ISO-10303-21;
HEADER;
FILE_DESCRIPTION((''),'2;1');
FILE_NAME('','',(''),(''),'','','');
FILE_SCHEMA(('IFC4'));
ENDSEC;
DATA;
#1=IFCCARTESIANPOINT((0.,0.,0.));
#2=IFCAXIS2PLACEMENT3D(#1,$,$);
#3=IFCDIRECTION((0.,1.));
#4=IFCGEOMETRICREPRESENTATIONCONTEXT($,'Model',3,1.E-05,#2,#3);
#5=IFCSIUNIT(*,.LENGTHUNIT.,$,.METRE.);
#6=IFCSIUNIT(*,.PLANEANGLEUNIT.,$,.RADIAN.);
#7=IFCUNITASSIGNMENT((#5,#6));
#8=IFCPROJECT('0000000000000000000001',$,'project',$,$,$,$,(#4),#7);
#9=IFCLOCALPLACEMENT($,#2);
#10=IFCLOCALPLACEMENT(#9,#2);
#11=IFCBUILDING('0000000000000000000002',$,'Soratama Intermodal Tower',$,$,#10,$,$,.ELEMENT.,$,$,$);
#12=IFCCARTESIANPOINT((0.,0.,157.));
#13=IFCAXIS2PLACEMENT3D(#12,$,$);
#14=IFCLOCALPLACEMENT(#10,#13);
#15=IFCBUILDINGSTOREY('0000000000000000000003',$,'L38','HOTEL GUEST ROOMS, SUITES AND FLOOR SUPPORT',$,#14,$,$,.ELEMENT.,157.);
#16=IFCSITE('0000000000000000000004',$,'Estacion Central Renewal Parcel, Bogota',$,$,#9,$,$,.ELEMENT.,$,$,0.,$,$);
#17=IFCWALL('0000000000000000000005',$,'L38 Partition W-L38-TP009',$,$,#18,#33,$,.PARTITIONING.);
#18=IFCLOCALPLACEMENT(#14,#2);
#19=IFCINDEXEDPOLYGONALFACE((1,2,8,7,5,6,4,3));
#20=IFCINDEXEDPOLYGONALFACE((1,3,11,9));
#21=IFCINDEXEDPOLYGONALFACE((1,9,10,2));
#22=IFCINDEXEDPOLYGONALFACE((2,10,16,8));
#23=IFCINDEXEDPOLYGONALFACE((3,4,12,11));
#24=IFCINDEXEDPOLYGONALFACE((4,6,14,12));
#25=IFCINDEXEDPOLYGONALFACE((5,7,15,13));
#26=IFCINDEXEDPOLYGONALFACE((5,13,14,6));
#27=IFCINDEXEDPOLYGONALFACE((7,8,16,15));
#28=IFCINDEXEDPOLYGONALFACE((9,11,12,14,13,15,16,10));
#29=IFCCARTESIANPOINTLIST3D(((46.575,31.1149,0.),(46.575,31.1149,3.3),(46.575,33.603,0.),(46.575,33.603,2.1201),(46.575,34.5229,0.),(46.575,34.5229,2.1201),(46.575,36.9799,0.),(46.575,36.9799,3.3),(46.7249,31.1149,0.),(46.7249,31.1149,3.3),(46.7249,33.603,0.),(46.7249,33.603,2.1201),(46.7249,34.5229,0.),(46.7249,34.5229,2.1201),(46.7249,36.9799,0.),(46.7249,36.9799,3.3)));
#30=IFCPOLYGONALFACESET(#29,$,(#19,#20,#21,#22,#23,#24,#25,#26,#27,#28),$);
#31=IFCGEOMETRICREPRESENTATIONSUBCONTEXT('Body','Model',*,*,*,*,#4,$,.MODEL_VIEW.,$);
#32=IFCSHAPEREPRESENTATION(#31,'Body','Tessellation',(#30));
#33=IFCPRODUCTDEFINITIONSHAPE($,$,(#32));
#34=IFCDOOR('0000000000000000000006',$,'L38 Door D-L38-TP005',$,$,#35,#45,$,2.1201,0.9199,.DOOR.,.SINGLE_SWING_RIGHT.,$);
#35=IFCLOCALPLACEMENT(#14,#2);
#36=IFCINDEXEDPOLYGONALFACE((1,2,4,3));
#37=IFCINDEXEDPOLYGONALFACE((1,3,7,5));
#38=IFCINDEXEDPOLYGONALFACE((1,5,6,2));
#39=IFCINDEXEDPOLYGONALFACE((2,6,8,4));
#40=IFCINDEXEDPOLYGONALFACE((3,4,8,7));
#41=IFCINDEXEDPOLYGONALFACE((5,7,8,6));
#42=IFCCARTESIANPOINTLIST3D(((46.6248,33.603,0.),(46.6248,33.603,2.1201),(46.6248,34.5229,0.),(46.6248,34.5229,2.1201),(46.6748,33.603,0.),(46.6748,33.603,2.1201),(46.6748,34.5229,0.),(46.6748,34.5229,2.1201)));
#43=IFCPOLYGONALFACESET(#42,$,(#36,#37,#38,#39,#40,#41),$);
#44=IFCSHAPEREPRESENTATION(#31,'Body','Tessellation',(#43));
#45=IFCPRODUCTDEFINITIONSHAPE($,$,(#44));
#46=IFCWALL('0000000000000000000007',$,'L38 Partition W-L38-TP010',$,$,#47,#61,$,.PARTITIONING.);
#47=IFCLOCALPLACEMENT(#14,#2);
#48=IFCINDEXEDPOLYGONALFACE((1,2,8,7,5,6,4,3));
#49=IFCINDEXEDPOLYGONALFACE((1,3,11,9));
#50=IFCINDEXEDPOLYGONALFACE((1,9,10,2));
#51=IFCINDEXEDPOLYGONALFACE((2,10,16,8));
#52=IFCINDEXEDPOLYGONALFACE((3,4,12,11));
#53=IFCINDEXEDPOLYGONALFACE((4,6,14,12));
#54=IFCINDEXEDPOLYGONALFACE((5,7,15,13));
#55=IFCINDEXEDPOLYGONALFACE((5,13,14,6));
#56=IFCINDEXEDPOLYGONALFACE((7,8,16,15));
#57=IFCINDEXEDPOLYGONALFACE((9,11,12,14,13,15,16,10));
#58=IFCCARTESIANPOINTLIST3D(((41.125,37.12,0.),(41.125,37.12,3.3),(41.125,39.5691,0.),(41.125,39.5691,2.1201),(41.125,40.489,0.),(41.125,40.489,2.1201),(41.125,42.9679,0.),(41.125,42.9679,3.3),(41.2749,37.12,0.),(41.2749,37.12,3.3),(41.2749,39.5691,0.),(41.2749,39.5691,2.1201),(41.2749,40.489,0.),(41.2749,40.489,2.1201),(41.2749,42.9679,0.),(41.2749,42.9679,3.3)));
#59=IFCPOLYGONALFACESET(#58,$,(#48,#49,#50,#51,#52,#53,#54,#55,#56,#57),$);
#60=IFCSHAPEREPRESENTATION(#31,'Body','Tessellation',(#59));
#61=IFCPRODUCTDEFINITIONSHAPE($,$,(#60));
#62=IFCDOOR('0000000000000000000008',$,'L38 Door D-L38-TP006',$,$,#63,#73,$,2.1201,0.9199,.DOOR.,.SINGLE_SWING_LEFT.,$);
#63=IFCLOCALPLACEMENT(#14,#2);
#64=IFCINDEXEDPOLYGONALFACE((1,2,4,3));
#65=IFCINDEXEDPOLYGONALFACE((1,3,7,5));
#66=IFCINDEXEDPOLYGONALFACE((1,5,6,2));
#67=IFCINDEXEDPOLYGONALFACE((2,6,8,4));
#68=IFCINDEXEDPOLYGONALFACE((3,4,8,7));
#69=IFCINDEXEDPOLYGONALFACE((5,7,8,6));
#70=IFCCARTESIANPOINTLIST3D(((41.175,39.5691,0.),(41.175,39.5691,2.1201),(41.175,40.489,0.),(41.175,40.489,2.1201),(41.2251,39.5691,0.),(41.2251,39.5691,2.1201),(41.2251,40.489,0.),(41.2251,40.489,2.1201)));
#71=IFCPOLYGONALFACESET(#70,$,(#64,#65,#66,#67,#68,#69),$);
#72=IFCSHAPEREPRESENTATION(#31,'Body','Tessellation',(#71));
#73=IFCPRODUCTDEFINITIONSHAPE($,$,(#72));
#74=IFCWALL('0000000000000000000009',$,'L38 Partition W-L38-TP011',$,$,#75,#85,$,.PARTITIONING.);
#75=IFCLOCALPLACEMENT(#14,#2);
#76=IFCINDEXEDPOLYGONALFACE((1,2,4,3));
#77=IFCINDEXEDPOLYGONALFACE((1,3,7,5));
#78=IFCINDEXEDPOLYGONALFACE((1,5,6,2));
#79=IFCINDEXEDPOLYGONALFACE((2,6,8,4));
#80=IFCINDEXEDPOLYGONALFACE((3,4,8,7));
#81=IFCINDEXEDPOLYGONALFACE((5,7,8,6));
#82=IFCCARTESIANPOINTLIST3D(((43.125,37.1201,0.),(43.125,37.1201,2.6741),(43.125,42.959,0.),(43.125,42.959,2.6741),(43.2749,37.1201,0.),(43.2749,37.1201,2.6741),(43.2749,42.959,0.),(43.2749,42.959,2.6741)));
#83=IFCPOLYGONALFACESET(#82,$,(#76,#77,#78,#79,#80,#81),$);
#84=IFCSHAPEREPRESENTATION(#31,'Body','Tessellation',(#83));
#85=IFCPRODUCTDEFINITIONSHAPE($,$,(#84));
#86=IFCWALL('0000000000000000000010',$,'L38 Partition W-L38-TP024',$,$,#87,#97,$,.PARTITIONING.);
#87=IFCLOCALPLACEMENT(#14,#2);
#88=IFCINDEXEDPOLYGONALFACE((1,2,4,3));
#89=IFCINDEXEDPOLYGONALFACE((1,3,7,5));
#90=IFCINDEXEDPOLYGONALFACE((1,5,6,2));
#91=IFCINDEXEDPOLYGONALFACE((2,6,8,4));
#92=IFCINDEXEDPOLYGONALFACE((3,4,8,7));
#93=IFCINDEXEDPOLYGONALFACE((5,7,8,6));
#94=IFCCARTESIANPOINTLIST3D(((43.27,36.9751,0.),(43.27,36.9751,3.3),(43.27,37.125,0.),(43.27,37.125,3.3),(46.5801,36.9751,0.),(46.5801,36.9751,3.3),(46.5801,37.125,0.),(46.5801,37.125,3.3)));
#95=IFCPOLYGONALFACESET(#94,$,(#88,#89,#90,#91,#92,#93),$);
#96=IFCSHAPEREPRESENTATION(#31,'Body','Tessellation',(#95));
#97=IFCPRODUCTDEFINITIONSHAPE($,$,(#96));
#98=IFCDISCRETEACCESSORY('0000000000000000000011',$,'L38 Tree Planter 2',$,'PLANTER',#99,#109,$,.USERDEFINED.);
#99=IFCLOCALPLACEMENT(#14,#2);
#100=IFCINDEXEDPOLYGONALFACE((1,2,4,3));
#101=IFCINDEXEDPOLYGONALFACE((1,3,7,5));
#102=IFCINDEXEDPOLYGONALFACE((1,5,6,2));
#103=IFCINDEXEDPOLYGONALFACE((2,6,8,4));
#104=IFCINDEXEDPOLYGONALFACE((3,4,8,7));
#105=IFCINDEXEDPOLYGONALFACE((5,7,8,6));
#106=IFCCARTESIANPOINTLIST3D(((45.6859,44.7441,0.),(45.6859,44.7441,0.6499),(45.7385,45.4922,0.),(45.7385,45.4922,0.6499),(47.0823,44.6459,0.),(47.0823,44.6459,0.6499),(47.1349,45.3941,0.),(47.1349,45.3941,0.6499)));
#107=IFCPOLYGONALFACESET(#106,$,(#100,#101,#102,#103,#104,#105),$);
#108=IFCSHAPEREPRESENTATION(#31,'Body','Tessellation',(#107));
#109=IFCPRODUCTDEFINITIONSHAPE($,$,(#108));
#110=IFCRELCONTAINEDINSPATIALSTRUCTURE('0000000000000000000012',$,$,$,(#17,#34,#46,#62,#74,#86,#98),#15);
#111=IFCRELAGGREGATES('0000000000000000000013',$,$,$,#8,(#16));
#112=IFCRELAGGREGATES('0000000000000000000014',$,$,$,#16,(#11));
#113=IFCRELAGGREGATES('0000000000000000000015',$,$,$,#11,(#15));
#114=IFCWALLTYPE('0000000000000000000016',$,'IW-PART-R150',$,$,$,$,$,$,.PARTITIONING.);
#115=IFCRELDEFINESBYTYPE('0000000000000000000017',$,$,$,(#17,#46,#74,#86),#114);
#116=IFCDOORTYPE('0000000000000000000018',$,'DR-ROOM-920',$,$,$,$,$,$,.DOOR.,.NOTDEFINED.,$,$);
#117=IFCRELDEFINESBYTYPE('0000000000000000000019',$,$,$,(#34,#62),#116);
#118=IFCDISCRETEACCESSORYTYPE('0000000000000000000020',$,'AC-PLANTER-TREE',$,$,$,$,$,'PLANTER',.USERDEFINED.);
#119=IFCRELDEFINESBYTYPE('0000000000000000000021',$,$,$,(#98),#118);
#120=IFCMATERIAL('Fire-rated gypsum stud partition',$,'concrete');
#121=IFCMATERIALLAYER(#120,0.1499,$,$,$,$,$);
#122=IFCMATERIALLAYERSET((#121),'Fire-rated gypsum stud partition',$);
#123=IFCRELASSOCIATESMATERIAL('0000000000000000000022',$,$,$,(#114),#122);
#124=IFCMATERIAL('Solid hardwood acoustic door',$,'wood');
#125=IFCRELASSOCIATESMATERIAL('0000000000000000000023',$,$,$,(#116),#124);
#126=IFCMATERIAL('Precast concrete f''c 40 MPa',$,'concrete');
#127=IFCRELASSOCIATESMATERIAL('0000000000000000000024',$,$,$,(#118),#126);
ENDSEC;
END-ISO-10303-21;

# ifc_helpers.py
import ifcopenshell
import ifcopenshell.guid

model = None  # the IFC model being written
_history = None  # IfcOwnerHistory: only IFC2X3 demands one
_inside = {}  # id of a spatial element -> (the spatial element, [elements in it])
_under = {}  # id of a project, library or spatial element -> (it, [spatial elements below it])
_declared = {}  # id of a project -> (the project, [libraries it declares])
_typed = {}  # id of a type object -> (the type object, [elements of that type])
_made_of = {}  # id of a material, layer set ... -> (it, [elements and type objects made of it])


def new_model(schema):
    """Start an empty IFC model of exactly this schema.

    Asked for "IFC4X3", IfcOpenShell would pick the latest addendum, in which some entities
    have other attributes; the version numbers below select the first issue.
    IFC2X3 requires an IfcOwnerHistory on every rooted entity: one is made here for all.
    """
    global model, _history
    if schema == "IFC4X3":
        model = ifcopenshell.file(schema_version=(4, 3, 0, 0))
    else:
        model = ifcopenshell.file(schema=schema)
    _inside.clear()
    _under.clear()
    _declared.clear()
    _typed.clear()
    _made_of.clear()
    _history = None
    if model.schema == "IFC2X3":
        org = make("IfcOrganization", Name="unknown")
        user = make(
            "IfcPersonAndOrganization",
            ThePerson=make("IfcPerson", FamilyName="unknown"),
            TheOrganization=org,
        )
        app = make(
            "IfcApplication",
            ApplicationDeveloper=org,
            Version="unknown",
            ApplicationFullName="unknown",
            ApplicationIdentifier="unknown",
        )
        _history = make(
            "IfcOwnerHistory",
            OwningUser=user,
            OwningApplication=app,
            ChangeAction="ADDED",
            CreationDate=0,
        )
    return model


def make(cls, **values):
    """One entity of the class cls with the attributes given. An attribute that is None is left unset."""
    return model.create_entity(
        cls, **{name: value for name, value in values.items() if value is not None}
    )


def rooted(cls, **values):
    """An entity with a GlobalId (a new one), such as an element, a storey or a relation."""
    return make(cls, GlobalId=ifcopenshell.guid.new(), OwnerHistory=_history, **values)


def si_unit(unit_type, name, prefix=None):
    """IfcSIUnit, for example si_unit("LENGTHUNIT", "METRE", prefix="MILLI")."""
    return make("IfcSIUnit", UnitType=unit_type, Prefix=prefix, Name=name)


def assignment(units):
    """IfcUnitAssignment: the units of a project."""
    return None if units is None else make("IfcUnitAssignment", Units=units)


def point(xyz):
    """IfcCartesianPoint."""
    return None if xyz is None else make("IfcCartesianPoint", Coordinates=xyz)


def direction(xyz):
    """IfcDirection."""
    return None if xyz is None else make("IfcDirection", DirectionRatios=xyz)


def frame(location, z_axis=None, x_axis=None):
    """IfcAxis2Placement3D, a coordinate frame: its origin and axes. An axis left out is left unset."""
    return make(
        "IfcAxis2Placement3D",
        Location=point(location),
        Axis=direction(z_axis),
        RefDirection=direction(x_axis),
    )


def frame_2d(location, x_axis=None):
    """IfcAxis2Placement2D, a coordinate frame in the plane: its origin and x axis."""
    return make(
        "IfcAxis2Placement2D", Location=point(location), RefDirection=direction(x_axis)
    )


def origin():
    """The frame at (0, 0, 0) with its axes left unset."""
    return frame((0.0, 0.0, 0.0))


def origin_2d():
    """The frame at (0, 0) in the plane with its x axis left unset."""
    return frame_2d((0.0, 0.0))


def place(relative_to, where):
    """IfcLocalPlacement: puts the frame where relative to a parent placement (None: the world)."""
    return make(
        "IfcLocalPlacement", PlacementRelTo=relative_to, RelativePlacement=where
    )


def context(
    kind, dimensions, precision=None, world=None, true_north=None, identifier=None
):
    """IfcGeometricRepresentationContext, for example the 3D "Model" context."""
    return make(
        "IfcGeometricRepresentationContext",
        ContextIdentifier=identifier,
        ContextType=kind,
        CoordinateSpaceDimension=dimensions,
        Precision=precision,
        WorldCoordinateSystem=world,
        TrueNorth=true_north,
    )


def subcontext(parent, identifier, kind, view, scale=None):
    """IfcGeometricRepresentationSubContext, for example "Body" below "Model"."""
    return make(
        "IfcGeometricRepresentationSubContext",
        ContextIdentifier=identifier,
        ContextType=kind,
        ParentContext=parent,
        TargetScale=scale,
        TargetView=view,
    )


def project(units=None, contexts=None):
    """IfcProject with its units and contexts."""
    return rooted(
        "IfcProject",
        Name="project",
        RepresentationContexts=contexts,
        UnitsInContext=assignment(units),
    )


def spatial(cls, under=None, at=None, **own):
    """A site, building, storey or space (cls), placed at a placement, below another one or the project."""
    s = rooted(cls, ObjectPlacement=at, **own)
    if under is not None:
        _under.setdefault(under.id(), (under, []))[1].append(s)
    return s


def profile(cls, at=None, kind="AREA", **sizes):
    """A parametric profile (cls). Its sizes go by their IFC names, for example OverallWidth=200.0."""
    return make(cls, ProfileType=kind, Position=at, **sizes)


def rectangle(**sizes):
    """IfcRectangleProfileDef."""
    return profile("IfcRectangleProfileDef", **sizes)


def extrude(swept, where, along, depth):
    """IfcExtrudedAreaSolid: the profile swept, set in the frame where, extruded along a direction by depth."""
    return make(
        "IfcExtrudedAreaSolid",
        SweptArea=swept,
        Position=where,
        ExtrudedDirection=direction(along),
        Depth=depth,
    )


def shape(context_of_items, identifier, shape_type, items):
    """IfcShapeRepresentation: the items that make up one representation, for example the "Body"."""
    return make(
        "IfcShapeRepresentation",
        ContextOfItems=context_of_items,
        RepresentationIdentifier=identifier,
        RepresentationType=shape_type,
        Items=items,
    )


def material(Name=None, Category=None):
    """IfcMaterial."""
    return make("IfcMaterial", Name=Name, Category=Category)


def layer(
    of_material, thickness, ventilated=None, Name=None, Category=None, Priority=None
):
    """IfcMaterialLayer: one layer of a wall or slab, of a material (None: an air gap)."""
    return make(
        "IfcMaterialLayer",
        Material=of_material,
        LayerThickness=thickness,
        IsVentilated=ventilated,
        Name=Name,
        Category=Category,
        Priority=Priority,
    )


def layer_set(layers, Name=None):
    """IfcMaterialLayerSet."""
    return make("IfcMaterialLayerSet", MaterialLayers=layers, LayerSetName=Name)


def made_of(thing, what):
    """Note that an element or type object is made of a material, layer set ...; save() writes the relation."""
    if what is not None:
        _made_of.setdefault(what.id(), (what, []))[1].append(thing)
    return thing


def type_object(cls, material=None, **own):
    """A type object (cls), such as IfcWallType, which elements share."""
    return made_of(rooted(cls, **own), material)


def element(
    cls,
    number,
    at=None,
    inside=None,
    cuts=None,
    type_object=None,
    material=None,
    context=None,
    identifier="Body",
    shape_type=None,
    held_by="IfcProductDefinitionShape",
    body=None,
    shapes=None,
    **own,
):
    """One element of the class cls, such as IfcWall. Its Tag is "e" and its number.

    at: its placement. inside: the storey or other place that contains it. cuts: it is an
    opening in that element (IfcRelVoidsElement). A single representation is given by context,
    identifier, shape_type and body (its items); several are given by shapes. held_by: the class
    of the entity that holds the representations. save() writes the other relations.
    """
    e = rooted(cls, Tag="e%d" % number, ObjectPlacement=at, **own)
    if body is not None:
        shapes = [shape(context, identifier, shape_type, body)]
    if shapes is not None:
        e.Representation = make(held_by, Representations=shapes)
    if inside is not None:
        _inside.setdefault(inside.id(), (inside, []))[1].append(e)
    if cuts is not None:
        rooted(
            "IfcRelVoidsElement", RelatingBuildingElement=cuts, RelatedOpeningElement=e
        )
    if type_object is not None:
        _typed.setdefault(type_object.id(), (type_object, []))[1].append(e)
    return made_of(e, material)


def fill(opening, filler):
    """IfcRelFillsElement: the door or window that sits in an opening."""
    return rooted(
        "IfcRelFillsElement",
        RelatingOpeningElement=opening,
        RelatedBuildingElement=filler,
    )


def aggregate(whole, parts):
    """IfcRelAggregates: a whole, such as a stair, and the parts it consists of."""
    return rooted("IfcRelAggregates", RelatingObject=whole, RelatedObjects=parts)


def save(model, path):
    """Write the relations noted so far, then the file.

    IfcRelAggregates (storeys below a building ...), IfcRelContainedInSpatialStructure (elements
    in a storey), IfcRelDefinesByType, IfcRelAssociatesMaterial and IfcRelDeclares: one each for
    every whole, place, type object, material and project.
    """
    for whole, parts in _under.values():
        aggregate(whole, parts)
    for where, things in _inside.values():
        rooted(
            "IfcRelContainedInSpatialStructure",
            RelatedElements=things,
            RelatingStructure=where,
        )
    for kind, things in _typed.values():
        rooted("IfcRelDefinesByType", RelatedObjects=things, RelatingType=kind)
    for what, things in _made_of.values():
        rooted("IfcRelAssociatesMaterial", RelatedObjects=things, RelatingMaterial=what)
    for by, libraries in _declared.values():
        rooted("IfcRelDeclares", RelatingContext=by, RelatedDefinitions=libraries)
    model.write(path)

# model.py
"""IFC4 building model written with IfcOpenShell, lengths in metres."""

from ifc_helpers import new_model, si_unit, direction, frame, frame_2d, origin, origin_2d, place, context, subcontext, project, spatial, rectangle, extrude, material, layer, layer_set, type_object, element, fill, save


model = new_model("IFC4")

# Units and contexts
model_context = context("Model", 3, precision=1e-05, world=origin(), true_north=direction((0.0, 1.0)))
body_context = subcontext(model_context, "Body", "Model", "MODEL_VIEW")
ifc_project = project(units=[si_unit("LENGTHUNIT", "METRE"), si_unit("PLANEANGLEUNIT", "RADIAN")], contexts=[model_context])

# Site, building, storey
site_placement = place(None, origin())
site = spatial("IfcSite", under=ifc_project, at=site_placement, Name="Estacion Central Renewal Parcel, Bogota", CompositionType="ELEMENT", RefElevation=0.0)
building_placement = place(site_placement, origin())
building = spatial("IfcBuilding", under=site, at=building_placement, Name="Soratama Intermodal Tower", CompositionType="ELEMENT")
storey_placement = place(building_placement, frame((0.0, 0.0, 157.0)))
storey = spatial("IfcBuildingStorey", under=building, at=storey_placement, Name="L38", Description="HOTEL GUEST ROOMS, SUITES AND FLOOR SUPPORT", CompositionType="ELEMENT", Elevation=157.0)

# Walls, openings, doors
ifc_material_1 = material(Name="Fire-rated gypsum stud partition", Category="concrete")
ifc_layer_1 = layer(ifc_material_1, 0.1499)
ifc_layer_set_1 = layer_set([ifc_layer_1], Name="Fire-rated gypsum stud partition")
wall_type_1 = type_object("IfcWallType", Name="IW-PART-R150", PredefinedType="PARTITIONING", material=ifc_layer_set_1)
wall_1_placement = place(storey_placement, frame((46.6499, 36.98, 0.0), z_axis=(0.0, 0.0, 1.0), x_axis=(0.0, -1.0, 0.0)))
wall_1 = element("IfcWall", 1, at=wall_1_placement, inside=storey, type_object=wall_type_1, Name="L38 Partition W-L38-TP009", PredefinedType="PARTITIONING", context=body_context, shape_type="SweptSolid", body=[
    extrude(rectangle(XDim=5.865, YDim=0.1499, at=frame_2d((2.9326, 0.0))), origin(), (0.0, 0.0, 1.0), 3.3),
])
opening_1_placement = place(wall_1_placement, frame((2.457, 0.0, 0.0)))
opening_1 = element("IfcOpeningElement", 2, at=opening_1_placement, cuts=wall_1, PredefinedType="OPENING", context=body_context, shape_type="SweptSolid", body=[
    extrude(rectangle(XDim=0.9199, YDim=2.1201, at=frame_2d((0.46, 1.0601))), frame((0.0, 0.085, 0.0), z_axis=(0.0, -1.0, 0.0), x_axis=(1.0, 0.0, 0.0)), (0.0, 0.0, 1.0), 0.1699),
])
ifc_material_2 = material(Name="Solid hardwood acoustic door", Category="wood")
door_type_1 = type_object("IfcDoorType", Name="DR-ROOM-920", OperationType="NOTDEFINED", PredefinedType="DOOR", material=ifc_material_2)
door_1_placement = place(opening_1_placement, origin())
door_1 = element("IfcDoor", 3, at=door_1_placement, inside=storey, type_object=door_type_1, Name="L38 Door D-L38-TP005", OperationType="SINGLE_SWING_RIGHT", OverallHeight=2.1201, OverallWidth=0.9199, PredefinedType="DOOR", context=body_context, shape_type="SweptSolid", body=[
    extrude(rectangle(XDim=0.9199, YDim=2.1201, at=frame_2d((0.46, 1.0601))), frame((0.0, 0.0249, 0.0), z_axis=(0.0, -1.0, 0.0), x_axis=(1.0, 0.0, 0.0)), (0.0, 0.0, 1.0), 0.05),
])
fill(opening_1, door_1)
wall_2_placement = place(storey_placement, frame((41.2, 37.1201, 0.0), z_axis=(0.0, 0.0, 1.0), x_axis=(0.0, 1.0, 0.0)))
wall_2 = element("IfcWall", 4, at=wall_2_placement, inside=storey, type_object=wall_type_1, Name="L38 Partition W-L38-TP010", PredefinedType="PARTITIONING", context=body_context, shape_type="SweptSolid", body=[
    extrude(rectangle(XDim=5.8479, YDim=0.1499, at=frame_2d((2.9238, 0.0))), origin(), (0.0, 0.0, 1.0), 3.3),
])
opening_2_placement = place(wall_2_placement, frame((2.449, 0.0, 0.0)))
opening_2 = element("IfcOpeningElement", 5, at=opening_2_placement, cuts=wall_2, PredefinedType="OPENING", context=body_context, shape_type="SweptSolid", body=[
    extrude(rectangle(XDim=0.9199, YDim=2.1201, at=frame_2d((0.46, 1.0601))), frame((0.0, 0.085, 0.0), z_axis=(0.0, -1.0, 0.0), x_axis=(1.0, 0.0, 0.0)), (0.0, 0.0, 1.0), 0.1699),
])
door_2_placement = place(opening_2_placement, origin())
door_2 = element("IfcDoor", 6, at=door_2_placement, inside=storey, type_object=door_type_1, Name="L38 Door D-L38-TP006", OperationType="SINGLE_SWING_LEFT", OverallHeight=2.1201, OverallWidth=0.9199, PredefinedType="DOOR", context=body_context, shape_type="SweptSolid", body=[
    extrude(rectangle(XDim=0.9199, YDim=2.1201, at=frame_2d((0.46, 1.0601))), frame((0.0, 0.0249, 0.0), z_axis=(0.0, -1.0, 0.0), x_axis=(1.0, 0.0, 0.0)), (0.0, 0.0, 1.0), 0.05),
])
fill(opening_2, door_2)

# Walls
wall_3_placement = place(storey_placement, frame((43.2, 42.959, 0.0), z_axis=(0.0, 0.0, 1.0), x_axis=(0.0, -1.0, 0.0)))
element("IfcWall", 7, at=wall_3_placement, inside=storey, type_object=wall_type_1, Name="L38 Partition W-L38-TP011", PredefinedType="PARTITIONING", context=body_context, shape_type="SweptSolid", body=[
    extrude(rectangle(XDim=5.8389, YDim=0.1499, at=frame_2d((2.9194, 0.0))), origin(), (0.0, 0.0, 1.0), 2.6741),
])
wall_4_placement = place(storey_placement, frame((43.27, 37.05, 0.0), z_axis=(0.0, 0.0, 1.0), x_axis=(1.0, 0.0, 0.0)))
element("IfcWall", 8, at=wall_4_placement, inside=storey, type_object=wall_type_1, Name="L38 Partition W-L38-TP024", PredefinedType="PARTITIONING", context=body_context, shape_type="SweptSolid", body=[
    extrude(rectangle(XDim=3.3101, YDim=0.1499, at=frame_2d((1.655, 0.0))), origin(), (0.0, 0.0, 1.0), 3.3),
])

# Discrete accessory
ifc_material_3 = material(Name="Precast concrete f'c 40 MPa", Category="concrete")
discrete_accessory_type = type_object("IfcDiscreteAccessoryType", Name="AC-PLANTER-TREE", ElementType="PLANTER", PredefinedType="USERDEFINED", material=ifc_material_3)
discrete_accessory_placement = place(storey_placement, frame((46.4104, 45.0691, 0.0), z_axis=(0.0, 0.0, 1.0), x_axis=(0.070105, 0.99754, 0.0)))
element("IfcDiscreteAccessory", 9, at=discrete_accessory_placement, inside=storey, type_object=discrete_accessory_type, Name="L38 Tree Planter 2", ObjectType="PLANTER", PredefinedType="USERDEFINED", context=body_context, shape_type="SweptSolid", body=[
    extrude(rectangle(XDim=0.75, YDim=1.3999, at=origin_2d()), origin(), (0.0, 0.0, 1.0), 0.6499),
])

save(model, "model.ifc")
